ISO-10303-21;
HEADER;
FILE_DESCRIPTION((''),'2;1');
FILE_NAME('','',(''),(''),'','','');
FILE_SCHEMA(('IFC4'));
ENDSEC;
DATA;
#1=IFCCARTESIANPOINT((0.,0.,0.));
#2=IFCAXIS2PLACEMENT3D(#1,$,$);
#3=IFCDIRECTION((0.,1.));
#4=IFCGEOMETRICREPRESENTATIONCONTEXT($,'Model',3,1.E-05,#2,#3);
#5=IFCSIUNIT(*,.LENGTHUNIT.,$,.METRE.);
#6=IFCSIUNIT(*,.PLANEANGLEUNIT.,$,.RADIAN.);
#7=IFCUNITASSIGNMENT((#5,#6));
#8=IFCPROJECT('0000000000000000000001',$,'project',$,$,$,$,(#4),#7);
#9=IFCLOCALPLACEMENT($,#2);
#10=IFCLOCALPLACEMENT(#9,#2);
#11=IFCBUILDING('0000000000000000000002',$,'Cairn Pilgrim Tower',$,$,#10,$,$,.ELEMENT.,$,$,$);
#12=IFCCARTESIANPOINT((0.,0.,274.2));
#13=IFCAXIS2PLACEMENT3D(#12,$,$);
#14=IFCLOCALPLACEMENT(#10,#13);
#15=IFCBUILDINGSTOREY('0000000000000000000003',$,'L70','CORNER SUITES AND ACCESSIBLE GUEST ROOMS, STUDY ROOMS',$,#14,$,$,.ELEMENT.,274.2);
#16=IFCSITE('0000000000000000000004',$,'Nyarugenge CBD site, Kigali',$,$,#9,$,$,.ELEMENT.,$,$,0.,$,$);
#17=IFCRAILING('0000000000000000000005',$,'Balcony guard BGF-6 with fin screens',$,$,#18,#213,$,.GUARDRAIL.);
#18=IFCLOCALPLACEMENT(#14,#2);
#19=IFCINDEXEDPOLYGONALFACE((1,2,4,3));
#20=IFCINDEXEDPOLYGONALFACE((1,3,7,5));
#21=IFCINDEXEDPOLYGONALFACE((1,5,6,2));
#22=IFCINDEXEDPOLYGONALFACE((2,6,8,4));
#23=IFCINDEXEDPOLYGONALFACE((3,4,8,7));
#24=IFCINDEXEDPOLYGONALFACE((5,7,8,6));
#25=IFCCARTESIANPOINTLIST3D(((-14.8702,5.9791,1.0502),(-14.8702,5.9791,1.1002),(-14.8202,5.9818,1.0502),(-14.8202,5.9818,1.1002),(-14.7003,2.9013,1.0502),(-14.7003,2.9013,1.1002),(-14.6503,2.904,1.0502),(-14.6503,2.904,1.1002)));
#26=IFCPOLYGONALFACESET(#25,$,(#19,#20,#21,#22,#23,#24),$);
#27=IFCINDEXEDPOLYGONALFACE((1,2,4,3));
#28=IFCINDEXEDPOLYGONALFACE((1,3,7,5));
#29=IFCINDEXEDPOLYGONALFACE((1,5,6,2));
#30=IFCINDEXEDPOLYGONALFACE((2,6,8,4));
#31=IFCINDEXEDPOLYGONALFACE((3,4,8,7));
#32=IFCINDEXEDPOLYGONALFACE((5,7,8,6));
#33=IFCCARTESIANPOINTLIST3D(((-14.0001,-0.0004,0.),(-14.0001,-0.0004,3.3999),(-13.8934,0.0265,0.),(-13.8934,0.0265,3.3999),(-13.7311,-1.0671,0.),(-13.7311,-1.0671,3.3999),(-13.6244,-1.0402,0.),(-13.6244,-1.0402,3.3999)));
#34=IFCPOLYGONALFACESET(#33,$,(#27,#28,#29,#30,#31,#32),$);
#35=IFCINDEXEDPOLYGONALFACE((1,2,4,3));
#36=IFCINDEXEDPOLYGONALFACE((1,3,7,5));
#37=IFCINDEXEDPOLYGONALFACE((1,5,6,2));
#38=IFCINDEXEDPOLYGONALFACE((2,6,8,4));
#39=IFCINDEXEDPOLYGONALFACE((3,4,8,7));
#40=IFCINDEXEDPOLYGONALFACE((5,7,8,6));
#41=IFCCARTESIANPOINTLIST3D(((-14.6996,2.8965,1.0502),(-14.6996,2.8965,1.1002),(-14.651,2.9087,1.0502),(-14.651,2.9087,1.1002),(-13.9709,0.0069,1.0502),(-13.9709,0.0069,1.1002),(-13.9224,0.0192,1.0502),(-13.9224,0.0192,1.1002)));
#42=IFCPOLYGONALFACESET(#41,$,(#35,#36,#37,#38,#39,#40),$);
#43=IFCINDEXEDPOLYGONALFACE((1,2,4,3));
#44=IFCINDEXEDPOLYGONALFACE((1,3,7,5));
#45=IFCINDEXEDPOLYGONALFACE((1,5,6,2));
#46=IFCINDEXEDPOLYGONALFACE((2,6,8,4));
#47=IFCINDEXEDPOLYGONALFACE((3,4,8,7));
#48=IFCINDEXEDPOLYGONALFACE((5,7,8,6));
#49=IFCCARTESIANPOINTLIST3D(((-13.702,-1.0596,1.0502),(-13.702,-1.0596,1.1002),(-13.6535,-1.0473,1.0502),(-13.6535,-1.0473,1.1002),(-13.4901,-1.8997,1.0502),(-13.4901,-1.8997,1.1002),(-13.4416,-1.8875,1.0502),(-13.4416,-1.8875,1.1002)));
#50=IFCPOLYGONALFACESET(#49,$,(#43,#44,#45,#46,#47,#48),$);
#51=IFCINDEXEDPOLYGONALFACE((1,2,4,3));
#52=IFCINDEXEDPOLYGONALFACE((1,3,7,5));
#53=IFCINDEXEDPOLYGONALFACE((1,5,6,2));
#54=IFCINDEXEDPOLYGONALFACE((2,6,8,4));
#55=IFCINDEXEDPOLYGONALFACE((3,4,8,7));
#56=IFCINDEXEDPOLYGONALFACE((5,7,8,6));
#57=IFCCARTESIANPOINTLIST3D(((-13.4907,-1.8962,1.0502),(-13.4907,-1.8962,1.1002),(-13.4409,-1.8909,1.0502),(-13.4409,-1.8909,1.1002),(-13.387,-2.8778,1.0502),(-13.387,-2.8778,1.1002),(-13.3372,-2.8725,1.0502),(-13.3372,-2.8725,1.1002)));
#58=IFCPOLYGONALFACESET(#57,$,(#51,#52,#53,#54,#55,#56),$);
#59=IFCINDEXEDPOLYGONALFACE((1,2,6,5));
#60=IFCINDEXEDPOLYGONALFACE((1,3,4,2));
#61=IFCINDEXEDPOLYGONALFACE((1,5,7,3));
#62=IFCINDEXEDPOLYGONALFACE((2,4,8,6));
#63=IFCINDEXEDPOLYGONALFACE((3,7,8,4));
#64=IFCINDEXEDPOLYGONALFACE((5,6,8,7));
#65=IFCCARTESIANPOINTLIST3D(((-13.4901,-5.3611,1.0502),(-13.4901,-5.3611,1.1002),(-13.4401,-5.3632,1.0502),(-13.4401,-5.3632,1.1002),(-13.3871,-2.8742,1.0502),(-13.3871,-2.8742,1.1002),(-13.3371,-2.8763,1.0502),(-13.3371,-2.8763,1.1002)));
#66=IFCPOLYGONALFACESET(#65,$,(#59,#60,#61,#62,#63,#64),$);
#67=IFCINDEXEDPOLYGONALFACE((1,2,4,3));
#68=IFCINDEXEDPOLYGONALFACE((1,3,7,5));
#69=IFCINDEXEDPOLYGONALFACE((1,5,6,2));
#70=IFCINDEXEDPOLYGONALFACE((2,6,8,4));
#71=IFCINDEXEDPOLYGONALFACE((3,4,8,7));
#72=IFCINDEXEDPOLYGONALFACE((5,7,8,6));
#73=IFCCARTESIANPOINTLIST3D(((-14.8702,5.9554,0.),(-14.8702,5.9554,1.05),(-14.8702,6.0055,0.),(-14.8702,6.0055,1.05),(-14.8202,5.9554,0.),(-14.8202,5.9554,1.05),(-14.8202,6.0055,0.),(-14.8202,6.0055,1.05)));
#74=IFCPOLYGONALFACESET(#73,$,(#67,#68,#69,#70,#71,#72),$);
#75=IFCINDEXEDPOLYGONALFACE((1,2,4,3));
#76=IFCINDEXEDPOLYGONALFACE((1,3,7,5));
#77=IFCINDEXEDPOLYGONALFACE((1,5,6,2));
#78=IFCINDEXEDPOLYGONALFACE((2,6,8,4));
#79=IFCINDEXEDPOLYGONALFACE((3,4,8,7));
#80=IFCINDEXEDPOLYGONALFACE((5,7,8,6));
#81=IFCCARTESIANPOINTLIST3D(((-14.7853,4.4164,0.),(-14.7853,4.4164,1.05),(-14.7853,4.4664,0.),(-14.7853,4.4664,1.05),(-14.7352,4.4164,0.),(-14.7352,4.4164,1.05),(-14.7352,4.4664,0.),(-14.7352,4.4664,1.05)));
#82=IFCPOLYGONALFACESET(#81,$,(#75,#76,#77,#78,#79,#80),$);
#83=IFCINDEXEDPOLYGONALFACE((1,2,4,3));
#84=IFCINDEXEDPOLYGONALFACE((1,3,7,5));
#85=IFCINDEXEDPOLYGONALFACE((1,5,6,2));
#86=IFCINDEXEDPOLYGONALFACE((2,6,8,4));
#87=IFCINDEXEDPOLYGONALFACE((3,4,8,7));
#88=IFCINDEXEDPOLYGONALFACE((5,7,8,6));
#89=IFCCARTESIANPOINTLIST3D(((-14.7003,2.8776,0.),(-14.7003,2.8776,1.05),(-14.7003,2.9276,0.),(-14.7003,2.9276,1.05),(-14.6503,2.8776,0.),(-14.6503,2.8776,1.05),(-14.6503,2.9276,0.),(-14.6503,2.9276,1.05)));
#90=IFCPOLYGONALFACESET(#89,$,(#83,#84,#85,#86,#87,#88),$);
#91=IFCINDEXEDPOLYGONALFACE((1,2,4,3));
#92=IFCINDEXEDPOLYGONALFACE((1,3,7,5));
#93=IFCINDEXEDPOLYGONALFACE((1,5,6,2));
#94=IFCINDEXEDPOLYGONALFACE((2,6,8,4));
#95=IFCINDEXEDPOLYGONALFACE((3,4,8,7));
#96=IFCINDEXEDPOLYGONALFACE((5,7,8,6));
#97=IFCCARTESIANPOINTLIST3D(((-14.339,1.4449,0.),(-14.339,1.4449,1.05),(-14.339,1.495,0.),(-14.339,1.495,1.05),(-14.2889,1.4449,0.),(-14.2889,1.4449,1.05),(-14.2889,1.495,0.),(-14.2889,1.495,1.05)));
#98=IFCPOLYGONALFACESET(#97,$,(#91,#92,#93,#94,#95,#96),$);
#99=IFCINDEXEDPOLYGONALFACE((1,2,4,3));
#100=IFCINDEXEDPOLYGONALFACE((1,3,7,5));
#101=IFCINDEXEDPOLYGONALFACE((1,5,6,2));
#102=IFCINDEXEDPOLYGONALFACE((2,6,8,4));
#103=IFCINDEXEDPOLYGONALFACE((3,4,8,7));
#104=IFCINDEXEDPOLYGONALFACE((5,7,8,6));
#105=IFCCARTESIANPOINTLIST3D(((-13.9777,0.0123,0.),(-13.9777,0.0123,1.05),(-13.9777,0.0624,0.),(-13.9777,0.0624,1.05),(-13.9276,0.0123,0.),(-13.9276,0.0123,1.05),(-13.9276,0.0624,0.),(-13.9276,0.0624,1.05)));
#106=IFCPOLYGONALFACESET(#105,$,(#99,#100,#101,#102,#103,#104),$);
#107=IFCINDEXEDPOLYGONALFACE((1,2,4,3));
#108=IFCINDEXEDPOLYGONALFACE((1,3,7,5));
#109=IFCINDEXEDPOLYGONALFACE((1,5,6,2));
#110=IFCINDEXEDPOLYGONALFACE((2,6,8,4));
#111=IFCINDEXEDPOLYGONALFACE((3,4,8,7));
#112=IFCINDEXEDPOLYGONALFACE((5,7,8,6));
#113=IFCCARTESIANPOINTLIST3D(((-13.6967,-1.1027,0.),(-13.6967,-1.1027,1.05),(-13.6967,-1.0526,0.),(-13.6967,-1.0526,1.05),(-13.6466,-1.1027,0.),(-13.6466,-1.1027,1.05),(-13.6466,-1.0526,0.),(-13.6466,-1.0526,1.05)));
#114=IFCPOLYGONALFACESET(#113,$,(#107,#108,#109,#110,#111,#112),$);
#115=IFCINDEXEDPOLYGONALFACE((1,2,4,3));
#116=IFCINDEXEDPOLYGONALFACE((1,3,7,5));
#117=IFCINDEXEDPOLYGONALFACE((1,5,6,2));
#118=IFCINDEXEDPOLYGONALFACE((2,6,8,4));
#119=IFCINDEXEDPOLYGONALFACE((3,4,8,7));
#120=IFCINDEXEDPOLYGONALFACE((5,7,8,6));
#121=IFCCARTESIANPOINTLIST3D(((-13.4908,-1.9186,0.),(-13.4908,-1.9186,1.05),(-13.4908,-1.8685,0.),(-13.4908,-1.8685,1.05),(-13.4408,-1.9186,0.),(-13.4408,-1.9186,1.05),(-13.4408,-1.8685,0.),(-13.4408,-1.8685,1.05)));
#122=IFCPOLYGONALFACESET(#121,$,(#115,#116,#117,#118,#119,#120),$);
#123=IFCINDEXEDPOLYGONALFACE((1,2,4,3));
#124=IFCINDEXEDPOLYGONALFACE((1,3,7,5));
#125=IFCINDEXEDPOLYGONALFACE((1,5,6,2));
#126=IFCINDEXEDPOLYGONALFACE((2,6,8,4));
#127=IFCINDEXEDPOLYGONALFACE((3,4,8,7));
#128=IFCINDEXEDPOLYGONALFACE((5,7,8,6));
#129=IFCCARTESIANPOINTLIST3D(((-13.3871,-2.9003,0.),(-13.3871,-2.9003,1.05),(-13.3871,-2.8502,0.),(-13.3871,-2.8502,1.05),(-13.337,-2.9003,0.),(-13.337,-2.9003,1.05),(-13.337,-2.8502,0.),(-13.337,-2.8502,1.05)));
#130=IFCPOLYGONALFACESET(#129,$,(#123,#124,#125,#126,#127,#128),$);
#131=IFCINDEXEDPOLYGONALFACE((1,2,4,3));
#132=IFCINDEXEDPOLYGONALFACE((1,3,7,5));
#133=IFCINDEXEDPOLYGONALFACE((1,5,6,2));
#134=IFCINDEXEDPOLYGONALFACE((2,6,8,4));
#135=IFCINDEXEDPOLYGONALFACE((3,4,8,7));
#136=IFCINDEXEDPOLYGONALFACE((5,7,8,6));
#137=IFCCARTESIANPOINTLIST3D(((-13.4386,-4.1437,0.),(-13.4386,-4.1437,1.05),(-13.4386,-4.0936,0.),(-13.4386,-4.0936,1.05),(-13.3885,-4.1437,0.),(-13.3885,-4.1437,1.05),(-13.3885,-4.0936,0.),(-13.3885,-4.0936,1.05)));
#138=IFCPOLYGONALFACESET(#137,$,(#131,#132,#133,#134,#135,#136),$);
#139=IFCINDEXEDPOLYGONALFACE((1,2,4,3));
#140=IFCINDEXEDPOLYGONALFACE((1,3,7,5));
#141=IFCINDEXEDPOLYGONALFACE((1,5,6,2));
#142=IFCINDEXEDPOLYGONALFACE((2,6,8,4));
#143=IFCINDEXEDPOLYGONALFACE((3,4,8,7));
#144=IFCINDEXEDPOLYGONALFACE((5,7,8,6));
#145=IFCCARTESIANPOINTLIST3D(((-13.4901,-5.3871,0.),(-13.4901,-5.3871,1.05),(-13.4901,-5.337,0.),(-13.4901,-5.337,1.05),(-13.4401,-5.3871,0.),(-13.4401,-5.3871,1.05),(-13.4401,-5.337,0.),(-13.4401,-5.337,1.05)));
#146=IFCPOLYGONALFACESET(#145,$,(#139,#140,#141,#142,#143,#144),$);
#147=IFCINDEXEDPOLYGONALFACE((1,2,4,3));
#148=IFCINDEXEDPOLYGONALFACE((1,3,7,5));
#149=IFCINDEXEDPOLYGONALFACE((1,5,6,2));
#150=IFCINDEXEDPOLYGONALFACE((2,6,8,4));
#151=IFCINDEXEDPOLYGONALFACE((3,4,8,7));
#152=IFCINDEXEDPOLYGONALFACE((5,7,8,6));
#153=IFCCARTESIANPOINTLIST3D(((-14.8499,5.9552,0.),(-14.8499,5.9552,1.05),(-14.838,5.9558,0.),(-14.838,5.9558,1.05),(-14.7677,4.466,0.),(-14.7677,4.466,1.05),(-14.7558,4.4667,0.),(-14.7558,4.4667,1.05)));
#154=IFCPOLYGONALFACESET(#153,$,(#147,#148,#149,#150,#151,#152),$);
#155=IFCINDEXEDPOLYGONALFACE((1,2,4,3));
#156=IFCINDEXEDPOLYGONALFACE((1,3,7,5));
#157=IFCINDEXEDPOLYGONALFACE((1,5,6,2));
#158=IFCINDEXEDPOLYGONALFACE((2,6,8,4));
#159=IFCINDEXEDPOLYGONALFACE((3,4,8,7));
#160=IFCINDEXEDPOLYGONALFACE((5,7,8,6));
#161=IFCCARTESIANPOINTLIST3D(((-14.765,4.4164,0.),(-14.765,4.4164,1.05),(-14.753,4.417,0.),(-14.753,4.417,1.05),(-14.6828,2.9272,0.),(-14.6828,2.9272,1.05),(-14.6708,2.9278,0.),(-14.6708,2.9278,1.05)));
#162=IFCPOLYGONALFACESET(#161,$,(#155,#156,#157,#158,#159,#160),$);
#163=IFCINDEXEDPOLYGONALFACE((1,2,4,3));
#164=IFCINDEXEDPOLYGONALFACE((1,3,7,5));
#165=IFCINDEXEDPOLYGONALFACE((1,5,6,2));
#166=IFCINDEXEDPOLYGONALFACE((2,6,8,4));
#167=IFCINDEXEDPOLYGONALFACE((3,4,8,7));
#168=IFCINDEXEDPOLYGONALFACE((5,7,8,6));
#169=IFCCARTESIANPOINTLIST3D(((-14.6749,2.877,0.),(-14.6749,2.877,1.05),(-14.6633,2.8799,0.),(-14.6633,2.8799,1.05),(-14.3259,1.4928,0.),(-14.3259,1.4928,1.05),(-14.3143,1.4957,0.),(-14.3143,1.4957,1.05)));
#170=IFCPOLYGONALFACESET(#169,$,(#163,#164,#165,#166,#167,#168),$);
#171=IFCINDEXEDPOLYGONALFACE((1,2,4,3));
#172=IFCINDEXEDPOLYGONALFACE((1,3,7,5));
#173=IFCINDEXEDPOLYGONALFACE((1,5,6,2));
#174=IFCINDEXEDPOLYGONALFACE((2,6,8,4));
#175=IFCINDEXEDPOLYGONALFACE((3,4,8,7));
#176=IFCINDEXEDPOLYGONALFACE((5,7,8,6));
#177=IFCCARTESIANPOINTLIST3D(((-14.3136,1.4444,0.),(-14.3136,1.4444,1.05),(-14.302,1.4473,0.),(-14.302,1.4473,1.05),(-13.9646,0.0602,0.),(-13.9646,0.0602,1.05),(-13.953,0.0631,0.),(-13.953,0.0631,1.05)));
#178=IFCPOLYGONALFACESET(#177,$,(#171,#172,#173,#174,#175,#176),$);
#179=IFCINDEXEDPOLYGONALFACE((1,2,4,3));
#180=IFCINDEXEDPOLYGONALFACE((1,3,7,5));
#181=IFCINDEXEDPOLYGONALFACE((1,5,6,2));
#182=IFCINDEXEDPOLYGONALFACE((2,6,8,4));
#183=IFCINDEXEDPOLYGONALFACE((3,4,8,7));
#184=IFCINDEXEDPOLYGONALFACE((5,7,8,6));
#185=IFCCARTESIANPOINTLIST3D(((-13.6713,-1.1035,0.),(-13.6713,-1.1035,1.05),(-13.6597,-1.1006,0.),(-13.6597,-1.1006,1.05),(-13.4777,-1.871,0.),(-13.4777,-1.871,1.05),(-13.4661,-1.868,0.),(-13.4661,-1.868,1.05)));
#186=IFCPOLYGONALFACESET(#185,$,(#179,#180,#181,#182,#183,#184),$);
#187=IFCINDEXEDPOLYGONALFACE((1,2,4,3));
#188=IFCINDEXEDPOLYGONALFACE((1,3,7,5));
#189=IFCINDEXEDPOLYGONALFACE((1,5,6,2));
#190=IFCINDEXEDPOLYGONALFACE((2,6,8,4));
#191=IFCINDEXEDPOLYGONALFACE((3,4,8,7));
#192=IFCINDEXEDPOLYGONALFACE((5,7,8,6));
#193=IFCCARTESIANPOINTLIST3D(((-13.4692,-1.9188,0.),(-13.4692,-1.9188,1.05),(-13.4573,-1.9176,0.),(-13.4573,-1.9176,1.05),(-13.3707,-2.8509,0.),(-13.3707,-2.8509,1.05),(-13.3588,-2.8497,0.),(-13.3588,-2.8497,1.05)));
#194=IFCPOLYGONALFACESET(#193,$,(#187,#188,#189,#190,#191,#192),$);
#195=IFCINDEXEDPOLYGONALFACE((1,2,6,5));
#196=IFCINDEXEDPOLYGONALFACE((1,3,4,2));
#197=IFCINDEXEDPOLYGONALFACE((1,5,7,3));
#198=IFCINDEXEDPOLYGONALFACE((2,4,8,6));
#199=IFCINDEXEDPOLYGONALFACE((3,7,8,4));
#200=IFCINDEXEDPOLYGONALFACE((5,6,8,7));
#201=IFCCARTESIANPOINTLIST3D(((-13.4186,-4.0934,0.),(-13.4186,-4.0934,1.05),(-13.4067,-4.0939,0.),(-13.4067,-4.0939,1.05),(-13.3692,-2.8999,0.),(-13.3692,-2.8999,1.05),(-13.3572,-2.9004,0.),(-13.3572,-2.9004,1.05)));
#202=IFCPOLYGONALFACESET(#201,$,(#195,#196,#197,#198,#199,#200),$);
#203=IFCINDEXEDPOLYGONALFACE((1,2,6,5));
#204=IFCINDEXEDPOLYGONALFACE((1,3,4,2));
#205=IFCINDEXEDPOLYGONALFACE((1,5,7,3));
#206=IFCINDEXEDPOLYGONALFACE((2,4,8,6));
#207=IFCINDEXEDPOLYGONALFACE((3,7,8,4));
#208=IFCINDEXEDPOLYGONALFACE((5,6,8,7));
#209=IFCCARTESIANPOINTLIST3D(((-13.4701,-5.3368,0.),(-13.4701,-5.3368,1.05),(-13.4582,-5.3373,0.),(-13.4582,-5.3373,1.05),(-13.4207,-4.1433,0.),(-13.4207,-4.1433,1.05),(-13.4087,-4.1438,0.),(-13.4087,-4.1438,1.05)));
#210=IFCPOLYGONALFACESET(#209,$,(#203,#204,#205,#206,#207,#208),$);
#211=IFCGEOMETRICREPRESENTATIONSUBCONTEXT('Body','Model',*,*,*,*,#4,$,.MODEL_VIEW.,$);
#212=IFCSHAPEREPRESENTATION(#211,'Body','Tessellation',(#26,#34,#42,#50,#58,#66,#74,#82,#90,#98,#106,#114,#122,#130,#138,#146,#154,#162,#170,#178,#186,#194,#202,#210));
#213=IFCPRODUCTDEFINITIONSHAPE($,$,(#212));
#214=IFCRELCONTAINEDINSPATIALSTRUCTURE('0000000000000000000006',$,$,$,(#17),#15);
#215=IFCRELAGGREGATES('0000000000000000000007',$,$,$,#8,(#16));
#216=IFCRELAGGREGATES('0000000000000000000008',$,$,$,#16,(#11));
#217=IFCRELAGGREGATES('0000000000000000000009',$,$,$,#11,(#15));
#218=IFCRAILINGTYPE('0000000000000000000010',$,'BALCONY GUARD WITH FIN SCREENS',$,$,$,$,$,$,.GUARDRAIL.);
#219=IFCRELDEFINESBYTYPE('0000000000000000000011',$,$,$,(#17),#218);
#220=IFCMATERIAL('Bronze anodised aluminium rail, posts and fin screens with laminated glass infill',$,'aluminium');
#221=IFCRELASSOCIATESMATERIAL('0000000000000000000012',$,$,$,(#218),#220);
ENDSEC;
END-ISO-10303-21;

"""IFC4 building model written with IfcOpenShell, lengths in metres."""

from ifc_helpers import new_model, si_unit, direction, frame, origin, origin_2d, place, context, subcontext, project, spatial, polyline, rectangle, outline, extrude, material, type_object, element, save


model = new_model("IFC4")

# Units and contexts
model_context = context("Model", 3, precision=1e-05, world=origin(), true_north=direction((0.0, 1.0)))
body_context = subcontext(model_context, "Body", "Model", "MODEL_VIEW")
ifc_project = project(units=[si_unit("LENGTHUNIT", "METRE"), si_unit("PLANEANGLEUNIT", "RADIAN")], contexts=[model_context])

# Site, building, storey
site_placement = place(None, origin())
site = spatial("IfcSite", under=ifc_project, at=site_placement, Name="Nyarugenge CBD site, Kigali", CompositionType="ELEMENT", RefElevation=0.0)
building_placement = place(site_placement, origin())
building = spatial("IfcBuilding", under=site, at=building_placement, Name="Cairn Pilgrim Tower", CompositionType="ELEMENT")
storey_placement = place(building_placement, frame((0.0, 0.0, 274.2)))
storey = spatial("IfcBuildingStorey", under=building, at=storey_placement, Name="L70", Description="CORNER SUITES AND ACCESSIBLE GUEST ROOMS, STUDY ROOMS", CompositionType="ELEMENT", Elevation=274.2)

# Railing
ifc_material_1 = material(Name="Bronze anodised aluminium rail, posts and fin screens with laminated glass infill", Category="aluminium")
railing_type = type_object("IfcRailingType", Name="BALCONY GUARD WITH FIN SCREENS", PredefinedType="GUARDRAIL", material=ifc_material_1)
railing_placement = place(storey_placement, frame((-14.8452, 5.9805, 0.0)))
element("IfcRailing", 1, at=railing_placement, inside=storey, type_object=railing_type, Name="Balcony guard BGF-6 with fin screens", PredefinedType="GUARDRAIL", context=body_context, shape_type="SweptSolid", body=[
    extrude(rectangle(XDim=0.05, YDim=0.05, at=origin_2d()), frame((0.0, 0.0, 1.0752), z_axis=(0.055123, -0.99848, 0.0), x_axis=(0.99848, 0.055123, 0.0)), (0.0, 0.0, 1.0), 3.0825),
    extrude(rectangle(XDim=1.1001, YDim=0.1101, at=origin_2d()), frame((1.033, -6.5007, 0.0), z_axis=(0.0, 0.0, 1.0), x_axis=(0.244521, -0.969644, 0.0)), (0.0, 0.0, 1.0), 3.3999),
    extrude(rectangle(XDim=0.05, YDim=0.05, at=origin_2d()), frame((0.1699, -3.0779, 1.0752), z_axis=(0.244521, -0.969644, 0.0), x_axis=(0.969644, 0.244521, 0.0)), (0.0, 0.0, 1.0), 2.98),
    extrude(rectangle(XDim=0.05, YDim=0.05, at=origin_2d()), frame((1.1675, -7.0339, 1.0752), z_axis=(0.244521, -0.969644, 0.0), x_axis=(0.969644, 0.244521, 0.0)), (0.0, 0.0, 1.0), 0.8665),
    extrude(rectangle(XDim=0.05, YDim=0.05, at=origin_2d()), frame((1.3794, -7.874, 1.0752), z_axis=(0.10511, -0.994461, 0.0), x_axis=(0.994461, 0.10511, 0.0)), (0.0, 0.0, 1.0), 0.9871),
    extrude(rectangle(XDim=0.05, YDim=0.05, at=origin_2d()), frame((1.4832, -8.8557, 1.0752), z_axis=(-0.041394, -0.999143, 0.0), x_axis=(0.999143, -0.041394, 0.0)), (0.0, 0.0, 1.0), 2.489),
    extrude(rectangle(XDim=0.05, YDim=0.05, at=origin_2d()), origin(), (0.0, 0.0, 1.0), 1.05),
    extrude(rectangle(XDim=0.05, YDim=0.05, at=origin_2d()), frame((0.085, -1.5391, 0.0)), (0.0, 0.0, 1.0), 1.05),
    extrude(rectangle(XDim=0.05, YDim=0.05, at=origin_2d()), frame((0.1699, -3.0779, 0.0)), (0.0, 0.0, 1.0), 1.05),
    extrude(rectangle(XDim=0.05, YDim=0.05, at=origin_2d()), frame((0.5312, -4.5105, 0.0)), (0.0, 0.0, 1.0), 1.05),
    extrude(rectangle(XDim=0.05, YDim=0.05, at=origin_2d()), frame((0.8926, -5.9431, 0.0)), (0.0, 0.0, 1.0), 1.05),
    extrude(rectangle(XDim=0.05, YDim=0.05, at=origin_2d()), frame((1.1736, -7.0581, 0.0)), (0.0, 0.0, 1.0), 1.05),
    extrude(rectangle(XDim=0.05, YDim=0.05, at=origin_2d()), frame((1.3794, -7.874, 0.0)), (0.0, 0.0, 1.0), 1.05),
    extrude(rectangle(XDim=0.05, YDim=0.05, at=origin_2d()), frame((1.4832, -8.8557, 0.0)), (0.0, 0.0, 1.0), 1.05),
    extrude(rectangle(XDim=0.05, YDim=0.05, at=origin_2d()), frame((1.4316, -10.0991, 0.0)), (0.0, 0.0, 1.0), 1.05),
    extrude(rectangle(XDim=0.05, YDim=0.05, at=origin_2d()), frame((1.3801, -11.3425, 0.0)), (0.0, 0.0, 1.0), 1.05),
    extrude(outline(polyline([(0.0249, 0.0), (1.5164, 0.0), (1.5164, 1.05), (0.0249, 1.05), (0.0249, 0.0)])), frame((0.0059, 0.0002, 0.0), z_axis=(-0.99848, -0.055123, 0.0), x_axis=(0.055123, -0.99848, 0.0)), (0.0, 0.0, 1.0), 0.012),
    extrude(outline(polyline([(0.0249, 0.0), (1.5164, 0.0), (1.5164, 1.05), (0.0249, 1.05), (0.0249, 0.0)])), frame((0.0908, -1.5386, 0.0), z_axis=(-0.99848, -0.055123, 0.0), x_axis=(0.055123, -0.99848, 0.0)), (0.0, 0.0, 1.0), 0.012),
    extrude(outline(polyline([(0.0249, 0.0), (1.4524, 0.0), (1.4524, 1.05), (0.0249, 1.05), (0.0249, 0.0)])), frame((0.1758, -3.0764, 0.0), z_axis=(-0.969644, -0.244521, 0.0), x_axis=(0.244521, -0.969644, 0.0)), (0.0, 0.0, 1.0), 0.012),
    extrude(outline(polyline([(0.0249, 0.0), (1.4524, 0.0), (1.4524, 1.05), (0.0249, 1.05), (0.0249, 0.0)])), frame((0.5371, -4.509, 0.0), z_axis=(-0.969644, -0.244521, 0.0), x_axis=(0.244521, -0.969644, 0.0)), (0.0, 0.0, 1.0), 0.012),
    extrude(outline(polyline([(0.0249, 0.0), (0.8164, 0.0), (0.8164, 1.05), (0.0249, 1.05), (0.0249, 0.0)])), frame((1.1794, -7.0569, 0.0), z_axis=(-0.969644, -0.244521, 0.0), x_axis=(0.244521, -0.969644, 0.0)), (0.0, 0.0, 1.0), 0.012),
    extrude(outline(polyline([(0.0249, 0.0), (0.9622, 0.0), (0.9622, 1.05), (0.0249, 1.05), (0.0249, 0.0)])), frame((1.3853, -7.8733, 0.0), z_axis=(-0.994461, -0.10511, 0.0), x_axis=(0.10511, -0.994461, 0.0)), (0.0, 0.0, 1.0), 0.012),
    extrude(outline(polyline([(0.0249, 0.0), (1.2195, 0.0), (1.2195, 1.05), (0.0249, 1.05), (0.0249, 0.0)])), frame((1.489, -8.856, 0.0), z_axis=(-0.999143, 0.041394, 0.0), x_axis=(-0.041394, -0.999143, 0.0)), (0.0, 0.0, 1.0), 0.012),
    extrude(outline(polyline([(0.0249, 0.0), (1.2195, 0.0), (1.2195, 1.05), (0.0249, 1.05), (0.0249, 0.0)])), frame((1.4375, -10.0994, 0.0), z_axis=(-0.999143, 0.041394, 0.0), x_axis=(-0.041394, -0.999143, 0.0)), (0.0, 0.0, 1.0), 0.012),
])

save(model, "model.ifc")
